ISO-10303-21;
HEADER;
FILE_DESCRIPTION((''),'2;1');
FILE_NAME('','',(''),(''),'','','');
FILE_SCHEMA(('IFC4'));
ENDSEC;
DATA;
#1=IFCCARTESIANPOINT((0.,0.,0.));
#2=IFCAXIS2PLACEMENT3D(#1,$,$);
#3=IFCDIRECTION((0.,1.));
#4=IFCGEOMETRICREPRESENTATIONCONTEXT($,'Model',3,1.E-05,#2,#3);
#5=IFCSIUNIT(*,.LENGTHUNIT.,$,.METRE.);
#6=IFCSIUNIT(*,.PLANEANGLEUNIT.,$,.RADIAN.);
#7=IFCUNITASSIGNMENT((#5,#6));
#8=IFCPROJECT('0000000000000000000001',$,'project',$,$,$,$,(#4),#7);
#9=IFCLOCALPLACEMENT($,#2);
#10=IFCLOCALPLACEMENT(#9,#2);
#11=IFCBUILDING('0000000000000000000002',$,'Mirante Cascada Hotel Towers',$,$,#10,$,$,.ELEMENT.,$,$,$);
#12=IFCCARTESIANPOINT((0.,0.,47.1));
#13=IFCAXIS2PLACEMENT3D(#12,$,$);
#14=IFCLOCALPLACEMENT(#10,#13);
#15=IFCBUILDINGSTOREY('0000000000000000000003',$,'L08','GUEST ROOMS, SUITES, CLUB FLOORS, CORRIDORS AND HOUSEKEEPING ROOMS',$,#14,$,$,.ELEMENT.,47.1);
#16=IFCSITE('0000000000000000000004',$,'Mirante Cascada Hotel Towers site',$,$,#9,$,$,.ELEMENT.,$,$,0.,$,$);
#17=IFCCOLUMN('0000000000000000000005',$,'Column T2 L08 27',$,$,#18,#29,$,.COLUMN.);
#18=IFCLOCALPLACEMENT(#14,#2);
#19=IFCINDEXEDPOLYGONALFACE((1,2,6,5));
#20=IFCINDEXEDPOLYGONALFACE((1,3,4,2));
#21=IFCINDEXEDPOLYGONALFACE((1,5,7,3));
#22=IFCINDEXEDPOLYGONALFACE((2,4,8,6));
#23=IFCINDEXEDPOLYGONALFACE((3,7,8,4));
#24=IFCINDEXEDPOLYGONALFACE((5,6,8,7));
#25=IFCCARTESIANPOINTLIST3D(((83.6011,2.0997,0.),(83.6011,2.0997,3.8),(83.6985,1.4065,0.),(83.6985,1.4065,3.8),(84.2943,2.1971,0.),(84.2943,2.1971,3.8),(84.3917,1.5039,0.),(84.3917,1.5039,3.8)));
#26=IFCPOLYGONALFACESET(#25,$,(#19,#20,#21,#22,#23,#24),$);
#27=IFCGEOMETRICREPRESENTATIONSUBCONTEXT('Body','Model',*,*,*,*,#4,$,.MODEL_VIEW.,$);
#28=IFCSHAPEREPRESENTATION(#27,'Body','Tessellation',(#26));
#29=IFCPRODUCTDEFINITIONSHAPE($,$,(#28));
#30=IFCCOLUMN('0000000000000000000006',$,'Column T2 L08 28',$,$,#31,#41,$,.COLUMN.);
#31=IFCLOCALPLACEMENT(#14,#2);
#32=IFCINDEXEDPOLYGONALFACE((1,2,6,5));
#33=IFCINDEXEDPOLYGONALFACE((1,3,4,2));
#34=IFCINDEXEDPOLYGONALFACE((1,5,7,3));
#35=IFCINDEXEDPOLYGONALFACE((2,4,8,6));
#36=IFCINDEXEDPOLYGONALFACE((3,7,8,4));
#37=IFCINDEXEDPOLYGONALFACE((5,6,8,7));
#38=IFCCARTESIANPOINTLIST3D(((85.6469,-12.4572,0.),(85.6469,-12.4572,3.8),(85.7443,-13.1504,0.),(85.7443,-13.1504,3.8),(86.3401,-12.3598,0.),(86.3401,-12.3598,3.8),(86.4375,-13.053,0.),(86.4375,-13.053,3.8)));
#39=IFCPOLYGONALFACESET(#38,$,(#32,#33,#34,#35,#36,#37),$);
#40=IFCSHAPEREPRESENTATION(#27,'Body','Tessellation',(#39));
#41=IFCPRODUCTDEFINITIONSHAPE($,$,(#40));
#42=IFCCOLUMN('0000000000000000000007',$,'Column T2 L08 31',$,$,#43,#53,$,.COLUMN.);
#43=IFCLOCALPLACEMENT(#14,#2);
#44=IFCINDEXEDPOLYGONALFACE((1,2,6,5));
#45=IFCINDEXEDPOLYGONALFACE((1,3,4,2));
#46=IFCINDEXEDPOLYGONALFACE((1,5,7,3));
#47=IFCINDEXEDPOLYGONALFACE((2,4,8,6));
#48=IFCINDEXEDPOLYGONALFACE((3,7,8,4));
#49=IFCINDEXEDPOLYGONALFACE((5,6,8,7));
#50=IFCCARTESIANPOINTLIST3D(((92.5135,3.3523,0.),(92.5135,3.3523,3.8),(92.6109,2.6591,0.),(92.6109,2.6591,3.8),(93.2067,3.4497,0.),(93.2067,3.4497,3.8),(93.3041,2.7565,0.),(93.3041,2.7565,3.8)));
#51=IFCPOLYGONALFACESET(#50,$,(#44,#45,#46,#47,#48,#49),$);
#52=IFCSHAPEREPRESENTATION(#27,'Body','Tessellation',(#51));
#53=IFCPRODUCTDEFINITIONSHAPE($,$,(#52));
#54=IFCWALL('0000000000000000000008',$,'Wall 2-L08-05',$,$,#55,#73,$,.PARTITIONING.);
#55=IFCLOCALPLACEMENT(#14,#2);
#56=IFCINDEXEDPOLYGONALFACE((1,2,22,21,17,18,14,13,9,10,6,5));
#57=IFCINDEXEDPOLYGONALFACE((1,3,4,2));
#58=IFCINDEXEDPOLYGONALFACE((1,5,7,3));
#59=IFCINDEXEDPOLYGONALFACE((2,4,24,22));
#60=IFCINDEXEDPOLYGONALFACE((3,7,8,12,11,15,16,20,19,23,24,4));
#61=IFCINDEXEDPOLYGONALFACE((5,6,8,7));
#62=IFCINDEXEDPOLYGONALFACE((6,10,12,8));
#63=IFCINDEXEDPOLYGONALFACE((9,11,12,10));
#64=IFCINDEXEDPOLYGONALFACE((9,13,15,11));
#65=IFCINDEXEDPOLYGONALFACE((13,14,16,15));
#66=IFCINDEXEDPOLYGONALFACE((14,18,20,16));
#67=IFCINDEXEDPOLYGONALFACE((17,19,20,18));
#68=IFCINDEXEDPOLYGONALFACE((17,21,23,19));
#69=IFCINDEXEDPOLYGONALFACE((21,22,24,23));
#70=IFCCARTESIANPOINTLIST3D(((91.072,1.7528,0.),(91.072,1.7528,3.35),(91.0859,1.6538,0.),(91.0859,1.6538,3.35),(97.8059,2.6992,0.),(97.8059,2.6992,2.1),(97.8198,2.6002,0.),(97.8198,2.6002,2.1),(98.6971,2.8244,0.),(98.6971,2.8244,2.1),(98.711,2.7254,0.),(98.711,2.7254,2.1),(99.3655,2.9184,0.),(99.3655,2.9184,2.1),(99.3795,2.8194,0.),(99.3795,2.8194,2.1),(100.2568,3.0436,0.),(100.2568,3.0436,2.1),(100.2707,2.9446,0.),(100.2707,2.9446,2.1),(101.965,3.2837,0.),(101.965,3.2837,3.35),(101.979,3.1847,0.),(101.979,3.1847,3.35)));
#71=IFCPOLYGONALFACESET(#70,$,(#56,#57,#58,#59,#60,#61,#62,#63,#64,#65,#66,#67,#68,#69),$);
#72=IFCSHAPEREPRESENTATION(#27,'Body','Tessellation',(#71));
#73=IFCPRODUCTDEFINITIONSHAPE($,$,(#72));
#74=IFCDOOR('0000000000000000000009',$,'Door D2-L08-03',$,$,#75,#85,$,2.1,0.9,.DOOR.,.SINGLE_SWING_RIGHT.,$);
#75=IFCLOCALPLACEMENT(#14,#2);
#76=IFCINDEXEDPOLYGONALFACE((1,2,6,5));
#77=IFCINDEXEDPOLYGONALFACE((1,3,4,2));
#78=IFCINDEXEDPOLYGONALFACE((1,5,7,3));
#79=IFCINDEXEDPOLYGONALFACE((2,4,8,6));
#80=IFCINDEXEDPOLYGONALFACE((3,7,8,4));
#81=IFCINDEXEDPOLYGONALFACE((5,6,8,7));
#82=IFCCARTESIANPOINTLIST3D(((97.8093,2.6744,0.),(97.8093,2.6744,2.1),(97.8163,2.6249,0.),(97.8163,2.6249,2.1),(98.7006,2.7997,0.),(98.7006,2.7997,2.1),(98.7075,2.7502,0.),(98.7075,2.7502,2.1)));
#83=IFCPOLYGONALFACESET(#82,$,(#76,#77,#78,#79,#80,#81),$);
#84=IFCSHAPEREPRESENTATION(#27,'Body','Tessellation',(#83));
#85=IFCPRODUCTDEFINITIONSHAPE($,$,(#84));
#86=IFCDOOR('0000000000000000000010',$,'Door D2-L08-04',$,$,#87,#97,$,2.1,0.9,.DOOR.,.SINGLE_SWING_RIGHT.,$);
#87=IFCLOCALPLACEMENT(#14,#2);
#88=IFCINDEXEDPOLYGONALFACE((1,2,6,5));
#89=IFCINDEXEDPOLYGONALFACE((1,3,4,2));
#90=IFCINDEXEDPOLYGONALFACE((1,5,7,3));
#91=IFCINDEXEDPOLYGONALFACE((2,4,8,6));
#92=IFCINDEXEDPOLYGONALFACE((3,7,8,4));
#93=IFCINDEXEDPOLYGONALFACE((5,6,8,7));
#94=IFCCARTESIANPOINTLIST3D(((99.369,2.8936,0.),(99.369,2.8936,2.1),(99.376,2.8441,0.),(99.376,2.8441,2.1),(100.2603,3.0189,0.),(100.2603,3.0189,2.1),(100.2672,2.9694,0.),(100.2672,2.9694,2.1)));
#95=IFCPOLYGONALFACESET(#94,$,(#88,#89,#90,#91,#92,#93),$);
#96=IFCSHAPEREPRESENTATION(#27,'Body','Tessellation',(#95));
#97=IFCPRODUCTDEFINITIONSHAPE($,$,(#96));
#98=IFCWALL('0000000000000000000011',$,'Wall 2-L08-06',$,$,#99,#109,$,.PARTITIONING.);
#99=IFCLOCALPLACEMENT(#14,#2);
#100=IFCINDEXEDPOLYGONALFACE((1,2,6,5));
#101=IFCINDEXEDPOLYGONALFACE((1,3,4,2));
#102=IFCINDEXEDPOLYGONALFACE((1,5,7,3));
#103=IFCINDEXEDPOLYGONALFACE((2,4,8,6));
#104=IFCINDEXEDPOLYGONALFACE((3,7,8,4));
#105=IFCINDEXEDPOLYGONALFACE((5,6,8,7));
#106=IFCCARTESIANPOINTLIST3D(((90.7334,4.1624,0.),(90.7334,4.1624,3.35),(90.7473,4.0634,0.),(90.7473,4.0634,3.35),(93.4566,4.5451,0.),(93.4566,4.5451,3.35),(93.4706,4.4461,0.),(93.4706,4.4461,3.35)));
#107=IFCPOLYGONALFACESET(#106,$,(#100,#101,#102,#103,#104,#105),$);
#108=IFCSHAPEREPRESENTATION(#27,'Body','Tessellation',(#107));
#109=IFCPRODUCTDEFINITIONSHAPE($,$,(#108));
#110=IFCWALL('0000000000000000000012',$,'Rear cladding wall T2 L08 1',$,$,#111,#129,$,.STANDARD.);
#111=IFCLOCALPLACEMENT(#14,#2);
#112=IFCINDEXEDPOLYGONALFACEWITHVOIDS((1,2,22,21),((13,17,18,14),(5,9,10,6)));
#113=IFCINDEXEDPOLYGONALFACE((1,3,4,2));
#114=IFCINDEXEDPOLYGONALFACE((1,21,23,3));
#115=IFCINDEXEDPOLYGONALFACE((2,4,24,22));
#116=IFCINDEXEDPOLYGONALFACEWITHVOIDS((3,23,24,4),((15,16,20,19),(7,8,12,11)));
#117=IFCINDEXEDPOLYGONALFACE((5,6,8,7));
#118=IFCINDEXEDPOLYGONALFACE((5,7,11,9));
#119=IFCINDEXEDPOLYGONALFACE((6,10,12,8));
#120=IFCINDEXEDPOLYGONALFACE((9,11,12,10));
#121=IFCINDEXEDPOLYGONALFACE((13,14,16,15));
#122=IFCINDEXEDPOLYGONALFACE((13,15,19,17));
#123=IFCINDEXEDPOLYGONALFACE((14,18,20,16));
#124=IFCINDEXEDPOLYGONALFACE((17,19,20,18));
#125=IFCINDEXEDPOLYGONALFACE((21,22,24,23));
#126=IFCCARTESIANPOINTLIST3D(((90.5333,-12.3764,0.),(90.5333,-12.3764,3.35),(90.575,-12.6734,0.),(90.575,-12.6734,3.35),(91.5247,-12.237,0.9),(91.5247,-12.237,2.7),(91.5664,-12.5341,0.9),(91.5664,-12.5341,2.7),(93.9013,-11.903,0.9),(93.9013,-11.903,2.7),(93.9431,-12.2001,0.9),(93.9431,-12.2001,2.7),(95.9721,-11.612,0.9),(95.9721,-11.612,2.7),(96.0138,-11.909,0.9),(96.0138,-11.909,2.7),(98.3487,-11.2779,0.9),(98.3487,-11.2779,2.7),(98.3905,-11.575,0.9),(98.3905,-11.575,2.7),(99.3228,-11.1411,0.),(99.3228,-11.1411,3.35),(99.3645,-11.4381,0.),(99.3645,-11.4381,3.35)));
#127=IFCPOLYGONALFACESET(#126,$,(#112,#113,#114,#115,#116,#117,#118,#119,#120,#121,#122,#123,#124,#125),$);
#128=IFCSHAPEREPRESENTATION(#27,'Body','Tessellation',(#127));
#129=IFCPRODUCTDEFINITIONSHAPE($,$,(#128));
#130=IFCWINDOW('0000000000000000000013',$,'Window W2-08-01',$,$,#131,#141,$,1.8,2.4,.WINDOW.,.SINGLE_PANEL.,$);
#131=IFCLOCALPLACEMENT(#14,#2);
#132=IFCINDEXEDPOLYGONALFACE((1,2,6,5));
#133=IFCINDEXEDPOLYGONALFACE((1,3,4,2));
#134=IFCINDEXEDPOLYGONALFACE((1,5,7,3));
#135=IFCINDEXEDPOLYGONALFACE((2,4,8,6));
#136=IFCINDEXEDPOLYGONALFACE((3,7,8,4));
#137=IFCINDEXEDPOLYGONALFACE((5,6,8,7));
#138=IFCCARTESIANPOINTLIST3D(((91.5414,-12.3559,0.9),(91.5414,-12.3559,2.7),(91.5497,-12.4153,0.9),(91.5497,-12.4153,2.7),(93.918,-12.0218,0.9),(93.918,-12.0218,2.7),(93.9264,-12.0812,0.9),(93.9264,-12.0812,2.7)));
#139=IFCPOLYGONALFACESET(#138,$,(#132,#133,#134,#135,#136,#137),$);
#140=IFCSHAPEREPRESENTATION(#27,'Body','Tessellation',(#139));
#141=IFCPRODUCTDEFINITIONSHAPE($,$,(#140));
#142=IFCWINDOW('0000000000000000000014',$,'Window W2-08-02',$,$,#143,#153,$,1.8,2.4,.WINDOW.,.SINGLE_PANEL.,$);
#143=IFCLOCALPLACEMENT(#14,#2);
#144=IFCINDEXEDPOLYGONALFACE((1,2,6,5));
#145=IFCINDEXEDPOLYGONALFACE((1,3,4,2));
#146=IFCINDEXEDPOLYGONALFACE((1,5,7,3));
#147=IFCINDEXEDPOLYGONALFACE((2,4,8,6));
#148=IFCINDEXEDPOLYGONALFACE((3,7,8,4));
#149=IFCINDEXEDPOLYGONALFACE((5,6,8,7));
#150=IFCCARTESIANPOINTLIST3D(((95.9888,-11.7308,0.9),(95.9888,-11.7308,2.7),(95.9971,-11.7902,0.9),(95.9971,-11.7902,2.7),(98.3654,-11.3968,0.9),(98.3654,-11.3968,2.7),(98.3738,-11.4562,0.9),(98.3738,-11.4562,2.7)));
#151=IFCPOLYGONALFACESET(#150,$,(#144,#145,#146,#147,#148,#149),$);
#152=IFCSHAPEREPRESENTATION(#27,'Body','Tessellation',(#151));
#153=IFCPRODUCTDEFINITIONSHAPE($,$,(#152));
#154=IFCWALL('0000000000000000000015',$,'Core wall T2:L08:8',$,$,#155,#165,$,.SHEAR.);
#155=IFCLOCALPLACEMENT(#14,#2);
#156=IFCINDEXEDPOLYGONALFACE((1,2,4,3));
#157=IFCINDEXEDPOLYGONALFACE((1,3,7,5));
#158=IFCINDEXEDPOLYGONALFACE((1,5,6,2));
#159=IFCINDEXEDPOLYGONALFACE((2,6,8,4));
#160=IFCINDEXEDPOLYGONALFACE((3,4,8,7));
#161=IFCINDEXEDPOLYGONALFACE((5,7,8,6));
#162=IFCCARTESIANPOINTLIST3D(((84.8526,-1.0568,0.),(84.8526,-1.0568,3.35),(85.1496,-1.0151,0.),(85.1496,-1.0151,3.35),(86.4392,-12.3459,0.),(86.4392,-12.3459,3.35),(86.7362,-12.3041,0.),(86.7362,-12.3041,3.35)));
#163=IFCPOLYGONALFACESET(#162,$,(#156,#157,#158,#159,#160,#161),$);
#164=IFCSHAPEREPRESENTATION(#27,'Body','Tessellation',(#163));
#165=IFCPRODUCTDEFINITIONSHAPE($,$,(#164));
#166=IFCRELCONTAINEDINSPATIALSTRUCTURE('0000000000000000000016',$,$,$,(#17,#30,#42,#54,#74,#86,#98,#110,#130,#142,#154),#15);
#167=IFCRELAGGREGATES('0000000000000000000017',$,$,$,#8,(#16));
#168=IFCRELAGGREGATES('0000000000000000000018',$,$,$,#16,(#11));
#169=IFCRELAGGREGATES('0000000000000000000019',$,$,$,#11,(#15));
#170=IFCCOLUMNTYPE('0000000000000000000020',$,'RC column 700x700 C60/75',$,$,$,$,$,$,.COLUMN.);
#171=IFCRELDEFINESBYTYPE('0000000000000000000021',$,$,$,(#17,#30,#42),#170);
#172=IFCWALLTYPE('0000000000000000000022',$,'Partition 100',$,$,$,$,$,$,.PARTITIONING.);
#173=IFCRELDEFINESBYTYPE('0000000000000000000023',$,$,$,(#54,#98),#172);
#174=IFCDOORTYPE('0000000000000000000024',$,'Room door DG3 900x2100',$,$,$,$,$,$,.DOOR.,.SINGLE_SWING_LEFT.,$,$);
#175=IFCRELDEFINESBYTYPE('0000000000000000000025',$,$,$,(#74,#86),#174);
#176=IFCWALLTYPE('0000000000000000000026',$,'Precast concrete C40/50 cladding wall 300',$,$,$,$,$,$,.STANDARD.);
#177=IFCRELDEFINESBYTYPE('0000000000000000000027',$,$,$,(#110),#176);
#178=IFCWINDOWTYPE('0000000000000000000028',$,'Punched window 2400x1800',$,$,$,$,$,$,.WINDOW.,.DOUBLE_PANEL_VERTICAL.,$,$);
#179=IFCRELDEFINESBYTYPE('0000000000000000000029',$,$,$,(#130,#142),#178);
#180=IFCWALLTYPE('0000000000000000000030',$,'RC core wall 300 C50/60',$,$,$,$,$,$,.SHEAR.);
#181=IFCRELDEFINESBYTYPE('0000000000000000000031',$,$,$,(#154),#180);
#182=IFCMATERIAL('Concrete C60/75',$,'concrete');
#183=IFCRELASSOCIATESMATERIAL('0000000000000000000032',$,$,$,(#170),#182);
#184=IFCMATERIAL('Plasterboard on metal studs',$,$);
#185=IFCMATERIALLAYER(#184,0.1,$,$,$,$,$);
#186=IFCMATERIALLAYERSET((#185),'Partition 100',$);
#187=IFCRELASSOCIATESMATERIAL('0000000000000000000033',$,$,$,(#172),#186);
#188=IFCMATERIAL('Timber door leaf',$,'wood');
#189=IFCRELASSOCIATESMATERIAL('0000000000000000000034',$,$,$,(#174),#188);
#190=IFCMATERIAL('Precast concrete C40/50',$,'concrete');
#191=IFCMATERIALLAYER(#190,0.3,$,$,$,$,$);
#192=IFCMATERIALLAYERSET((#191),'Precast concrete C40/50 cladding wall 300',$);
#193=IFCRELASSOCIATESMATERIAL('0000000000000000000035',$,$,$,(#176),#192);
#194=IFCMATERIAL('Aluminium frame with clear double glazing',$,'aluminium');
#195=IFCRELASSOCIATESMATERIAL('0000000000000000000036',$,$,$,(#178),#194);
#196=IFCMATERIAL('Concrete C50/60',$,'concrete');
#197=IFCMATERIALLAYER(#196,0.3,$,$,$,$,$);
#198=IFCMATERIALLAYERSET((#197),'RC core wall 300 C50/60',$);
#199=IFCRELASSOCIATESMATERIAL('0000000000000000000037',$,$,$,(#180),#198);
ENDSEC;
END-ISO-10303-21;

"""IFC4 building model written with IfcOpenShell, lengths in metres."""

from ifc_helpers import new_model, si_unit, direction, frame, frame_2d, origin, origin_2d, place, context, subcontext, project, spatial, rectangle, extrude, material, layer, layer_set, material_profile, profile_set, type_object, element, fill, save


model = new_model("IFC4")

# Units and contexts
model_context = context("Model", 3, precision=1e-05, world=origin(), true_north=direction((0.0, 1.0)))
body_context = subcontext(model_context, "Body", "Model", "MODEL_VIEW")
ifc_project = project(units=[si_unit("LENGTHUNIT", "METRE"), si_unit("PLANEANGLEUNIT", "RADIAN")], contexts=[model_context])

# Site, building, storey
site_placement = place(None, origin())
site = spatial("IfcSite", under=ifc_project, at=site_placement, Name="Mirante Cascada Hotel Towers site", CompositionType="ELEMENT", RefElevation=0.0)
building_placement = place(site_placement, origin())
building = spatial("IfcBuilding", under=site, at=building_placement, Name="Mirante Cascada Hotel Towers", CompositionType="ELEMENT")
storey_placement = place(building_placement, frame((0.0, 0.0, 47.1)))
storey = spatial("IfcBuildingStorey", under=building, at=storey_placement, Name="L08", Description="GUEST ROOMS, SUITES, CLUB FLOORS, CORRIDORS AND HOUSEKEEPING ROOMS", CompositionType="ELEMENT", Elevation=47.1)

# Columns
ifc_material_1 = material(Name="Concrete C60/75", Category="concrete")
ifc_material_profile = material_profile(ifc_material_1, rectangle(XDim=0.7, YDim=0.7, at=origin_2d()), Name="RC column 700x700 C60/75")
ifc_profile_set = profile_set([ifc_material_profile], Name="Concrete C60/75")
column_type = type_object("IfcColumnType", Name="RC column 700x700 C60/75", PredefinedType="COLUMN", material=ifc_profile_set)
for number, where, z_axis, x_axis, name in (
    (1, (83.9964, 1.8018, 0.0), (0.0, 0.0, 1.0), (0.990268, 0.139173, 0.0), "Column T2 L08 27"),
    (2, (86.0422, -12.7551, 0.0), (0.0, 0.0, 1.0), (0.990268, 0.139173, 0.0), "Column T2 L08 28"),
    (3, (92.9088, 3.0544, 0.0), (0.0, 0.0, 1.0), (0.990268, 0.139173, 0.0), "Column T2 L08 31"),
):
    element("IfcColumn", number, at=place(storey_placement, frame(where, z_axis=z_axis, x_axis=x_axis)), inside=storey, type_object=column_type, Name=name, PredefinedType="COLUMN", context=body_context, shape_type="SweptSolid", body=[
        extrude(rectangle(XDim=0.7, YDim=0.7, at=origin_2d()), origin(), (0.0, 0.0, 1.0), 3.8),
    ])

# Wall, openings, doors
ifc_material_2 = material(Name="Plasterboard on metal studs")
ifc_layer_1 = layer(ifc_material_2, 0.1)
ifc_layer_set_1 = layer_set([ifc_layer_1], Name="Partition 100")
wall_type_1 = type_object("IfcWallType", Name="Partition 100", PredefinedType="PARTITIONING", material=ifc_layer_set_1)
wall_1_placement = place(storey_placement, frame((91.079, 1.7033, 0.0), z_axis=(0.0, 0.0, 1.0), x_axis=(0.990268, 0.139172, 0.0)))
wall_1 = element("IfcWall", 4, at=wall_1_placement, inside=storey, type_object=wall_type_1, Name="Wall 2-L08-05", PredefinedType="PARTITIONING", context=body_context, shape_type="SweptSolid", body=[
    extrude(rectangle(XDim=11.0001, YDim=0.1, at=frame_2d((5.5, 0.0))), origin(), (0.0, 0.0, 1.0), 3.35),
])
opening_1_placement = place(wall_1_placement, frame((6.8, 0.0, 0.0)))
opening_1 = element("IfcOpeningElement", 5, at=opening_1_placement, cuts=wall_1, PredefinedType="OPENING", context=body_context, shape_type="SweptSolid", body=[
    extrude(rectangle(XDim=0.9, YDim=2.1, at=frame_2d((0.45, 1.05))), frame((0.0, 0.05, 0.0), z_axis=(0.0, -1.0, 0.0), x_axis=(1.0, 0.0, 0.0)), (0.0, 0.0, 1.0), 0.1),
])
opening_2_placement = place(wall_1_placement, frame((8.375, 0.0, 0.0)))
opening_2 = element("IfcOpeningElement", 6, at=opening_2_placement, cuts=wall_1, PredefinedType="OPENING", context=body_context, shape_type="SweptSolid", body=[
    extrude(rectangle(XDim=0.9, YDim=2.1, at=frame_2d((0.45, 1.05))), frame((0.0, 0.05, 0.0), z_axis=(0.0, -1.0, 0.0), x_axis=(1.0, 0.0, 0.0)), (0.0, 0.0, 1.0), 0.1),
])
ifc_material_3 = material(Name="Timber door leaf", Category="wood")
door_type_1 = type_object("IfcDoorType", Name="Room door DG3 900x2100", OperationType="SINGLE_SWING_LEFT", PredefinedType="DOOR", material=ifc_material_3)
door_1_placement = place(opening_1_placement, frame((0.9, 0.0, 0.0), z_axis=(0.0, 0.0, 1.0), x_axis=(-1.0, 0.0, 0.0)))
door_1 = element("IfcDoor", 7, at=door_1_placement, inside=storey, type_object=door_type_1, Name="Door D2-L08-03", OperationType="SINGLE_SWING_RIGHT", OverallHeight=2.1, OverallWidth=0.9, PredefinedType="DOOR", context=body_context, shape_type="SweptSolid", body=[
    extrude(rectangle(XDim=0.9, YDim=2.1, at=frame_2d((0.45, 1.05))), frame((0.0, 0.025, 0.0), z_axis=(0.0, -1.0, 0.0), x_axis=(1.0, 0.0, 0.0)), (0.0, 0.0, 1.0), 0.05),
])
fill(opening_1, door_1)
door_2_placement = place(opening_2_placement, frame((0.9, 0.0, 0.0), z_axis=(0.0, 0.0, 1.0), x_axis=(-1.0, 0.0, 0.0)))
door_2 = element("IfcDoor", 8, at=door_2_placement, inside=storey, type_object=door_type_1, Name="Door D2-L08-04", OperationType="SINGLE_SWING_RIGHT", OverallHeight=2.1, OverallWidth=0.9, PredefinedType="DOOR", context=body_context, shape_type="SweptSolid", body=[
    extrude(rectangle(XDim=0.9, YDim=2.1, at=frame_2d((0.45, 1.05))), frame((0.0, 0.025, 0.0), z_axis=(0.0, -1.0, 0.0), x_axis=(1.0, 0.0, 0.0)), (0.0, 0.0, 1.0), 0.05),
])
fill(opening_2, door_2)

# Wall
wall_2_placement = place(storey_placement, frame((93.4636, 4.4956, 0.0), z_axis=(0.0, 0.0, 1.0), x_axis=(-0.990269, -0.139166, 0.0)))
element("IfcWall", 9, at=wall_2_placement, inside=storey, type_object=wall_type_1, Name="Wall 2-L08-06", PredefinedType="PARTITIONING", context=body_context, shape_type="SweptSolid", body=[
    extrude(rectangle(XDim=2.75, YDim=0.1, at=frame_2d((1.375, 0.0))), origin(), (0.0, 0.0, 1.0), 3.35),
])

# Wall, openings, windows
ifc_material_4 = material(Name="Precast concrete C40/50", Category="concrete")
ifc_layer_2 = layer(ifc_material_4, 0.3)
ifc_layer_set_2 = layer_set([ifc_layer_2], Name="Precast concrete C40/50 cladding wall 300")
wall_type_2 = type_object("IfcWallType", Name="Precast concrete C40/50 cladding wall 300", PredefinedType="STANDARD", material=ifc_layer_set_2)
wall_3_placement = place(storey_placement, frame((90.5541, -12.5249, 0.0), z_axis=(0.0, 0.0, 1.0), x_axis=(0.990268, 0.139175, 0.0)))
wall_3 = element("IfcWall", 10, at=wall_3_placement, inside=storey, type_object=wall_type_2, Name="Rear cladding wall T2 L08 1", PredefinedType="STANDARD", context=body_context, shape_type="SweptSolid", body=[
    extrude(rectangle(XDim=8.8759, YDim=0.3, at=frame_2d((4.438, 0.0))), origin(), (0.0, 0.0, 1.0), 3.35),
])
opening_3_placement = place(wall_3_placement, frame((1.0012, 0.0, 0.9)))
opening_3 = element("IfcOpeningElement", 11, at=opening_3_placement, cuts=wall_3, PredefinedType="OPENING", context=body_context, shape_type="SweptSolid", body=[
    extrude(rectangle(XDim=2.4, YDim=1.8, at=frame_2d((1.2, 0.9))), frame((0.0, 0.15, 0.0), z_axis=(0.0, -1.0, 0.0), x_axis=(1.0, 0.0, 0.0)), (0.0, 0.0, 1.0), 0.3),
])
opening_4_placement = place(wall_3_placement, frame((5.4923, 0.0, 0.9)))
opening_4 = element("IfcOpeningElement", 12, at=opening_4_placement, cuts=wall_3, PredefinedType="OPENING", context=body_context, shape_type="SweptSolid", body=[
    extrude(rectangle(XDim=2.4, YDim=1.8, at=frame_2d((1.2, 0.9))), frame((0.0, 0.15, 0.0), z_axis=(0.0, -1.0, 0.0), x_axis=(1.0, 0.0, 0.0)), (0.0, 0.0, 1.0), 0.3),
])
ifc_material_5 = material(Name="Aluminium frame with clear double glazing", Category="aluminium")
window_type = type_object("IfcWindowType", Name="Punched window 2400x1800", PartitioningType="DOUBLE_PANEL_VERTICAL", PredefinedType="WINDOW", material=ifc_material_5)
window_1_placement = place(opening_3_placement, origin())
window_1 = element("IfcWindow", 13, at=window_1_placement, inside=storey, type_object=window_type, Name="Window W2-08-01", OverallHeight=1.8, OverallWidth=2.4, PartitioningType="SINGLE_PANEL", PredefinedType="WINDOW", context=body_context, shape_type="SweptSolid", body=[
    extrude(rectangle(XDim=2.4, YDim=1.8, at=frame_2d((1.2, 0.9))), frame((0.0, 0.03, 0.0), z_axis=(0.0, -1.0, 0.0), x_axis=(1.0, 0.0, 0.0)), (0.0, 0.0, 1.0), 0.06),
])
fill(opening_3, window_1)
window_2_placement = place(opening_4_placement, origin())
window_2 = element("IfcWindow", 14, at=window_2_placement, inside=storey, type_object=window_type, Name="Window W2-08-02", OverallHeight=1.8, OverallWidth=2.4, PartitioningType="SINGLE_PANEL", PredefinedType="WINDOW", context=body_context, shape_type="SweptSolid", body=[
    extrude(rectangle(XDim=2.4, YDim=1.8, at=frame_2d((1.2, 0.9))), frame((0.0, 0.03, 0.0), z_axis=(0.0, -1.0, 0.0), x_axis=(1.0, 0.0, 0.0)), (0.0, 0.0, 1.0), 0.06),
])
fill(opening_4, window_2)

# Wall
ifc_material_6 = material(Name="Concrete C50/60", Category="concrete")
ifc_layer_3 = layer(ifc_material_6, 0.3)
ifc_layer_set_3 = layer_set([ifc_layer_3], Name="RC core wall 300 C50/60")
wall_type_3 = type_object("IfcWallType", Name="RC core wall 300 C50/60", PredefinedType="SHEAR", material=ifc_layer_set_3)
wall_4_placement = place(storey_placement, frame((86.5877, -12.325, 0.0), z_axis=(0.0, 0.0, 1.0), x_axis=(-0.139175, 0.990268, 0.0)))
element("IfcWall", 15, at=wall_4_placement, inside=storey, type_object=wall_type_3, Name="Core wall T2:L08:8", PredefinedType="SHEAR", context=body_context, shape_type="SweptSolid", body=[
    extrude(rectangle(XDim=11.4, YDim=0.3, at=frame_2d((5.7, 0.0))), origin(), (0.0, 0.0, 1.0), 3.35),
])

save(model, "model.ifc")
